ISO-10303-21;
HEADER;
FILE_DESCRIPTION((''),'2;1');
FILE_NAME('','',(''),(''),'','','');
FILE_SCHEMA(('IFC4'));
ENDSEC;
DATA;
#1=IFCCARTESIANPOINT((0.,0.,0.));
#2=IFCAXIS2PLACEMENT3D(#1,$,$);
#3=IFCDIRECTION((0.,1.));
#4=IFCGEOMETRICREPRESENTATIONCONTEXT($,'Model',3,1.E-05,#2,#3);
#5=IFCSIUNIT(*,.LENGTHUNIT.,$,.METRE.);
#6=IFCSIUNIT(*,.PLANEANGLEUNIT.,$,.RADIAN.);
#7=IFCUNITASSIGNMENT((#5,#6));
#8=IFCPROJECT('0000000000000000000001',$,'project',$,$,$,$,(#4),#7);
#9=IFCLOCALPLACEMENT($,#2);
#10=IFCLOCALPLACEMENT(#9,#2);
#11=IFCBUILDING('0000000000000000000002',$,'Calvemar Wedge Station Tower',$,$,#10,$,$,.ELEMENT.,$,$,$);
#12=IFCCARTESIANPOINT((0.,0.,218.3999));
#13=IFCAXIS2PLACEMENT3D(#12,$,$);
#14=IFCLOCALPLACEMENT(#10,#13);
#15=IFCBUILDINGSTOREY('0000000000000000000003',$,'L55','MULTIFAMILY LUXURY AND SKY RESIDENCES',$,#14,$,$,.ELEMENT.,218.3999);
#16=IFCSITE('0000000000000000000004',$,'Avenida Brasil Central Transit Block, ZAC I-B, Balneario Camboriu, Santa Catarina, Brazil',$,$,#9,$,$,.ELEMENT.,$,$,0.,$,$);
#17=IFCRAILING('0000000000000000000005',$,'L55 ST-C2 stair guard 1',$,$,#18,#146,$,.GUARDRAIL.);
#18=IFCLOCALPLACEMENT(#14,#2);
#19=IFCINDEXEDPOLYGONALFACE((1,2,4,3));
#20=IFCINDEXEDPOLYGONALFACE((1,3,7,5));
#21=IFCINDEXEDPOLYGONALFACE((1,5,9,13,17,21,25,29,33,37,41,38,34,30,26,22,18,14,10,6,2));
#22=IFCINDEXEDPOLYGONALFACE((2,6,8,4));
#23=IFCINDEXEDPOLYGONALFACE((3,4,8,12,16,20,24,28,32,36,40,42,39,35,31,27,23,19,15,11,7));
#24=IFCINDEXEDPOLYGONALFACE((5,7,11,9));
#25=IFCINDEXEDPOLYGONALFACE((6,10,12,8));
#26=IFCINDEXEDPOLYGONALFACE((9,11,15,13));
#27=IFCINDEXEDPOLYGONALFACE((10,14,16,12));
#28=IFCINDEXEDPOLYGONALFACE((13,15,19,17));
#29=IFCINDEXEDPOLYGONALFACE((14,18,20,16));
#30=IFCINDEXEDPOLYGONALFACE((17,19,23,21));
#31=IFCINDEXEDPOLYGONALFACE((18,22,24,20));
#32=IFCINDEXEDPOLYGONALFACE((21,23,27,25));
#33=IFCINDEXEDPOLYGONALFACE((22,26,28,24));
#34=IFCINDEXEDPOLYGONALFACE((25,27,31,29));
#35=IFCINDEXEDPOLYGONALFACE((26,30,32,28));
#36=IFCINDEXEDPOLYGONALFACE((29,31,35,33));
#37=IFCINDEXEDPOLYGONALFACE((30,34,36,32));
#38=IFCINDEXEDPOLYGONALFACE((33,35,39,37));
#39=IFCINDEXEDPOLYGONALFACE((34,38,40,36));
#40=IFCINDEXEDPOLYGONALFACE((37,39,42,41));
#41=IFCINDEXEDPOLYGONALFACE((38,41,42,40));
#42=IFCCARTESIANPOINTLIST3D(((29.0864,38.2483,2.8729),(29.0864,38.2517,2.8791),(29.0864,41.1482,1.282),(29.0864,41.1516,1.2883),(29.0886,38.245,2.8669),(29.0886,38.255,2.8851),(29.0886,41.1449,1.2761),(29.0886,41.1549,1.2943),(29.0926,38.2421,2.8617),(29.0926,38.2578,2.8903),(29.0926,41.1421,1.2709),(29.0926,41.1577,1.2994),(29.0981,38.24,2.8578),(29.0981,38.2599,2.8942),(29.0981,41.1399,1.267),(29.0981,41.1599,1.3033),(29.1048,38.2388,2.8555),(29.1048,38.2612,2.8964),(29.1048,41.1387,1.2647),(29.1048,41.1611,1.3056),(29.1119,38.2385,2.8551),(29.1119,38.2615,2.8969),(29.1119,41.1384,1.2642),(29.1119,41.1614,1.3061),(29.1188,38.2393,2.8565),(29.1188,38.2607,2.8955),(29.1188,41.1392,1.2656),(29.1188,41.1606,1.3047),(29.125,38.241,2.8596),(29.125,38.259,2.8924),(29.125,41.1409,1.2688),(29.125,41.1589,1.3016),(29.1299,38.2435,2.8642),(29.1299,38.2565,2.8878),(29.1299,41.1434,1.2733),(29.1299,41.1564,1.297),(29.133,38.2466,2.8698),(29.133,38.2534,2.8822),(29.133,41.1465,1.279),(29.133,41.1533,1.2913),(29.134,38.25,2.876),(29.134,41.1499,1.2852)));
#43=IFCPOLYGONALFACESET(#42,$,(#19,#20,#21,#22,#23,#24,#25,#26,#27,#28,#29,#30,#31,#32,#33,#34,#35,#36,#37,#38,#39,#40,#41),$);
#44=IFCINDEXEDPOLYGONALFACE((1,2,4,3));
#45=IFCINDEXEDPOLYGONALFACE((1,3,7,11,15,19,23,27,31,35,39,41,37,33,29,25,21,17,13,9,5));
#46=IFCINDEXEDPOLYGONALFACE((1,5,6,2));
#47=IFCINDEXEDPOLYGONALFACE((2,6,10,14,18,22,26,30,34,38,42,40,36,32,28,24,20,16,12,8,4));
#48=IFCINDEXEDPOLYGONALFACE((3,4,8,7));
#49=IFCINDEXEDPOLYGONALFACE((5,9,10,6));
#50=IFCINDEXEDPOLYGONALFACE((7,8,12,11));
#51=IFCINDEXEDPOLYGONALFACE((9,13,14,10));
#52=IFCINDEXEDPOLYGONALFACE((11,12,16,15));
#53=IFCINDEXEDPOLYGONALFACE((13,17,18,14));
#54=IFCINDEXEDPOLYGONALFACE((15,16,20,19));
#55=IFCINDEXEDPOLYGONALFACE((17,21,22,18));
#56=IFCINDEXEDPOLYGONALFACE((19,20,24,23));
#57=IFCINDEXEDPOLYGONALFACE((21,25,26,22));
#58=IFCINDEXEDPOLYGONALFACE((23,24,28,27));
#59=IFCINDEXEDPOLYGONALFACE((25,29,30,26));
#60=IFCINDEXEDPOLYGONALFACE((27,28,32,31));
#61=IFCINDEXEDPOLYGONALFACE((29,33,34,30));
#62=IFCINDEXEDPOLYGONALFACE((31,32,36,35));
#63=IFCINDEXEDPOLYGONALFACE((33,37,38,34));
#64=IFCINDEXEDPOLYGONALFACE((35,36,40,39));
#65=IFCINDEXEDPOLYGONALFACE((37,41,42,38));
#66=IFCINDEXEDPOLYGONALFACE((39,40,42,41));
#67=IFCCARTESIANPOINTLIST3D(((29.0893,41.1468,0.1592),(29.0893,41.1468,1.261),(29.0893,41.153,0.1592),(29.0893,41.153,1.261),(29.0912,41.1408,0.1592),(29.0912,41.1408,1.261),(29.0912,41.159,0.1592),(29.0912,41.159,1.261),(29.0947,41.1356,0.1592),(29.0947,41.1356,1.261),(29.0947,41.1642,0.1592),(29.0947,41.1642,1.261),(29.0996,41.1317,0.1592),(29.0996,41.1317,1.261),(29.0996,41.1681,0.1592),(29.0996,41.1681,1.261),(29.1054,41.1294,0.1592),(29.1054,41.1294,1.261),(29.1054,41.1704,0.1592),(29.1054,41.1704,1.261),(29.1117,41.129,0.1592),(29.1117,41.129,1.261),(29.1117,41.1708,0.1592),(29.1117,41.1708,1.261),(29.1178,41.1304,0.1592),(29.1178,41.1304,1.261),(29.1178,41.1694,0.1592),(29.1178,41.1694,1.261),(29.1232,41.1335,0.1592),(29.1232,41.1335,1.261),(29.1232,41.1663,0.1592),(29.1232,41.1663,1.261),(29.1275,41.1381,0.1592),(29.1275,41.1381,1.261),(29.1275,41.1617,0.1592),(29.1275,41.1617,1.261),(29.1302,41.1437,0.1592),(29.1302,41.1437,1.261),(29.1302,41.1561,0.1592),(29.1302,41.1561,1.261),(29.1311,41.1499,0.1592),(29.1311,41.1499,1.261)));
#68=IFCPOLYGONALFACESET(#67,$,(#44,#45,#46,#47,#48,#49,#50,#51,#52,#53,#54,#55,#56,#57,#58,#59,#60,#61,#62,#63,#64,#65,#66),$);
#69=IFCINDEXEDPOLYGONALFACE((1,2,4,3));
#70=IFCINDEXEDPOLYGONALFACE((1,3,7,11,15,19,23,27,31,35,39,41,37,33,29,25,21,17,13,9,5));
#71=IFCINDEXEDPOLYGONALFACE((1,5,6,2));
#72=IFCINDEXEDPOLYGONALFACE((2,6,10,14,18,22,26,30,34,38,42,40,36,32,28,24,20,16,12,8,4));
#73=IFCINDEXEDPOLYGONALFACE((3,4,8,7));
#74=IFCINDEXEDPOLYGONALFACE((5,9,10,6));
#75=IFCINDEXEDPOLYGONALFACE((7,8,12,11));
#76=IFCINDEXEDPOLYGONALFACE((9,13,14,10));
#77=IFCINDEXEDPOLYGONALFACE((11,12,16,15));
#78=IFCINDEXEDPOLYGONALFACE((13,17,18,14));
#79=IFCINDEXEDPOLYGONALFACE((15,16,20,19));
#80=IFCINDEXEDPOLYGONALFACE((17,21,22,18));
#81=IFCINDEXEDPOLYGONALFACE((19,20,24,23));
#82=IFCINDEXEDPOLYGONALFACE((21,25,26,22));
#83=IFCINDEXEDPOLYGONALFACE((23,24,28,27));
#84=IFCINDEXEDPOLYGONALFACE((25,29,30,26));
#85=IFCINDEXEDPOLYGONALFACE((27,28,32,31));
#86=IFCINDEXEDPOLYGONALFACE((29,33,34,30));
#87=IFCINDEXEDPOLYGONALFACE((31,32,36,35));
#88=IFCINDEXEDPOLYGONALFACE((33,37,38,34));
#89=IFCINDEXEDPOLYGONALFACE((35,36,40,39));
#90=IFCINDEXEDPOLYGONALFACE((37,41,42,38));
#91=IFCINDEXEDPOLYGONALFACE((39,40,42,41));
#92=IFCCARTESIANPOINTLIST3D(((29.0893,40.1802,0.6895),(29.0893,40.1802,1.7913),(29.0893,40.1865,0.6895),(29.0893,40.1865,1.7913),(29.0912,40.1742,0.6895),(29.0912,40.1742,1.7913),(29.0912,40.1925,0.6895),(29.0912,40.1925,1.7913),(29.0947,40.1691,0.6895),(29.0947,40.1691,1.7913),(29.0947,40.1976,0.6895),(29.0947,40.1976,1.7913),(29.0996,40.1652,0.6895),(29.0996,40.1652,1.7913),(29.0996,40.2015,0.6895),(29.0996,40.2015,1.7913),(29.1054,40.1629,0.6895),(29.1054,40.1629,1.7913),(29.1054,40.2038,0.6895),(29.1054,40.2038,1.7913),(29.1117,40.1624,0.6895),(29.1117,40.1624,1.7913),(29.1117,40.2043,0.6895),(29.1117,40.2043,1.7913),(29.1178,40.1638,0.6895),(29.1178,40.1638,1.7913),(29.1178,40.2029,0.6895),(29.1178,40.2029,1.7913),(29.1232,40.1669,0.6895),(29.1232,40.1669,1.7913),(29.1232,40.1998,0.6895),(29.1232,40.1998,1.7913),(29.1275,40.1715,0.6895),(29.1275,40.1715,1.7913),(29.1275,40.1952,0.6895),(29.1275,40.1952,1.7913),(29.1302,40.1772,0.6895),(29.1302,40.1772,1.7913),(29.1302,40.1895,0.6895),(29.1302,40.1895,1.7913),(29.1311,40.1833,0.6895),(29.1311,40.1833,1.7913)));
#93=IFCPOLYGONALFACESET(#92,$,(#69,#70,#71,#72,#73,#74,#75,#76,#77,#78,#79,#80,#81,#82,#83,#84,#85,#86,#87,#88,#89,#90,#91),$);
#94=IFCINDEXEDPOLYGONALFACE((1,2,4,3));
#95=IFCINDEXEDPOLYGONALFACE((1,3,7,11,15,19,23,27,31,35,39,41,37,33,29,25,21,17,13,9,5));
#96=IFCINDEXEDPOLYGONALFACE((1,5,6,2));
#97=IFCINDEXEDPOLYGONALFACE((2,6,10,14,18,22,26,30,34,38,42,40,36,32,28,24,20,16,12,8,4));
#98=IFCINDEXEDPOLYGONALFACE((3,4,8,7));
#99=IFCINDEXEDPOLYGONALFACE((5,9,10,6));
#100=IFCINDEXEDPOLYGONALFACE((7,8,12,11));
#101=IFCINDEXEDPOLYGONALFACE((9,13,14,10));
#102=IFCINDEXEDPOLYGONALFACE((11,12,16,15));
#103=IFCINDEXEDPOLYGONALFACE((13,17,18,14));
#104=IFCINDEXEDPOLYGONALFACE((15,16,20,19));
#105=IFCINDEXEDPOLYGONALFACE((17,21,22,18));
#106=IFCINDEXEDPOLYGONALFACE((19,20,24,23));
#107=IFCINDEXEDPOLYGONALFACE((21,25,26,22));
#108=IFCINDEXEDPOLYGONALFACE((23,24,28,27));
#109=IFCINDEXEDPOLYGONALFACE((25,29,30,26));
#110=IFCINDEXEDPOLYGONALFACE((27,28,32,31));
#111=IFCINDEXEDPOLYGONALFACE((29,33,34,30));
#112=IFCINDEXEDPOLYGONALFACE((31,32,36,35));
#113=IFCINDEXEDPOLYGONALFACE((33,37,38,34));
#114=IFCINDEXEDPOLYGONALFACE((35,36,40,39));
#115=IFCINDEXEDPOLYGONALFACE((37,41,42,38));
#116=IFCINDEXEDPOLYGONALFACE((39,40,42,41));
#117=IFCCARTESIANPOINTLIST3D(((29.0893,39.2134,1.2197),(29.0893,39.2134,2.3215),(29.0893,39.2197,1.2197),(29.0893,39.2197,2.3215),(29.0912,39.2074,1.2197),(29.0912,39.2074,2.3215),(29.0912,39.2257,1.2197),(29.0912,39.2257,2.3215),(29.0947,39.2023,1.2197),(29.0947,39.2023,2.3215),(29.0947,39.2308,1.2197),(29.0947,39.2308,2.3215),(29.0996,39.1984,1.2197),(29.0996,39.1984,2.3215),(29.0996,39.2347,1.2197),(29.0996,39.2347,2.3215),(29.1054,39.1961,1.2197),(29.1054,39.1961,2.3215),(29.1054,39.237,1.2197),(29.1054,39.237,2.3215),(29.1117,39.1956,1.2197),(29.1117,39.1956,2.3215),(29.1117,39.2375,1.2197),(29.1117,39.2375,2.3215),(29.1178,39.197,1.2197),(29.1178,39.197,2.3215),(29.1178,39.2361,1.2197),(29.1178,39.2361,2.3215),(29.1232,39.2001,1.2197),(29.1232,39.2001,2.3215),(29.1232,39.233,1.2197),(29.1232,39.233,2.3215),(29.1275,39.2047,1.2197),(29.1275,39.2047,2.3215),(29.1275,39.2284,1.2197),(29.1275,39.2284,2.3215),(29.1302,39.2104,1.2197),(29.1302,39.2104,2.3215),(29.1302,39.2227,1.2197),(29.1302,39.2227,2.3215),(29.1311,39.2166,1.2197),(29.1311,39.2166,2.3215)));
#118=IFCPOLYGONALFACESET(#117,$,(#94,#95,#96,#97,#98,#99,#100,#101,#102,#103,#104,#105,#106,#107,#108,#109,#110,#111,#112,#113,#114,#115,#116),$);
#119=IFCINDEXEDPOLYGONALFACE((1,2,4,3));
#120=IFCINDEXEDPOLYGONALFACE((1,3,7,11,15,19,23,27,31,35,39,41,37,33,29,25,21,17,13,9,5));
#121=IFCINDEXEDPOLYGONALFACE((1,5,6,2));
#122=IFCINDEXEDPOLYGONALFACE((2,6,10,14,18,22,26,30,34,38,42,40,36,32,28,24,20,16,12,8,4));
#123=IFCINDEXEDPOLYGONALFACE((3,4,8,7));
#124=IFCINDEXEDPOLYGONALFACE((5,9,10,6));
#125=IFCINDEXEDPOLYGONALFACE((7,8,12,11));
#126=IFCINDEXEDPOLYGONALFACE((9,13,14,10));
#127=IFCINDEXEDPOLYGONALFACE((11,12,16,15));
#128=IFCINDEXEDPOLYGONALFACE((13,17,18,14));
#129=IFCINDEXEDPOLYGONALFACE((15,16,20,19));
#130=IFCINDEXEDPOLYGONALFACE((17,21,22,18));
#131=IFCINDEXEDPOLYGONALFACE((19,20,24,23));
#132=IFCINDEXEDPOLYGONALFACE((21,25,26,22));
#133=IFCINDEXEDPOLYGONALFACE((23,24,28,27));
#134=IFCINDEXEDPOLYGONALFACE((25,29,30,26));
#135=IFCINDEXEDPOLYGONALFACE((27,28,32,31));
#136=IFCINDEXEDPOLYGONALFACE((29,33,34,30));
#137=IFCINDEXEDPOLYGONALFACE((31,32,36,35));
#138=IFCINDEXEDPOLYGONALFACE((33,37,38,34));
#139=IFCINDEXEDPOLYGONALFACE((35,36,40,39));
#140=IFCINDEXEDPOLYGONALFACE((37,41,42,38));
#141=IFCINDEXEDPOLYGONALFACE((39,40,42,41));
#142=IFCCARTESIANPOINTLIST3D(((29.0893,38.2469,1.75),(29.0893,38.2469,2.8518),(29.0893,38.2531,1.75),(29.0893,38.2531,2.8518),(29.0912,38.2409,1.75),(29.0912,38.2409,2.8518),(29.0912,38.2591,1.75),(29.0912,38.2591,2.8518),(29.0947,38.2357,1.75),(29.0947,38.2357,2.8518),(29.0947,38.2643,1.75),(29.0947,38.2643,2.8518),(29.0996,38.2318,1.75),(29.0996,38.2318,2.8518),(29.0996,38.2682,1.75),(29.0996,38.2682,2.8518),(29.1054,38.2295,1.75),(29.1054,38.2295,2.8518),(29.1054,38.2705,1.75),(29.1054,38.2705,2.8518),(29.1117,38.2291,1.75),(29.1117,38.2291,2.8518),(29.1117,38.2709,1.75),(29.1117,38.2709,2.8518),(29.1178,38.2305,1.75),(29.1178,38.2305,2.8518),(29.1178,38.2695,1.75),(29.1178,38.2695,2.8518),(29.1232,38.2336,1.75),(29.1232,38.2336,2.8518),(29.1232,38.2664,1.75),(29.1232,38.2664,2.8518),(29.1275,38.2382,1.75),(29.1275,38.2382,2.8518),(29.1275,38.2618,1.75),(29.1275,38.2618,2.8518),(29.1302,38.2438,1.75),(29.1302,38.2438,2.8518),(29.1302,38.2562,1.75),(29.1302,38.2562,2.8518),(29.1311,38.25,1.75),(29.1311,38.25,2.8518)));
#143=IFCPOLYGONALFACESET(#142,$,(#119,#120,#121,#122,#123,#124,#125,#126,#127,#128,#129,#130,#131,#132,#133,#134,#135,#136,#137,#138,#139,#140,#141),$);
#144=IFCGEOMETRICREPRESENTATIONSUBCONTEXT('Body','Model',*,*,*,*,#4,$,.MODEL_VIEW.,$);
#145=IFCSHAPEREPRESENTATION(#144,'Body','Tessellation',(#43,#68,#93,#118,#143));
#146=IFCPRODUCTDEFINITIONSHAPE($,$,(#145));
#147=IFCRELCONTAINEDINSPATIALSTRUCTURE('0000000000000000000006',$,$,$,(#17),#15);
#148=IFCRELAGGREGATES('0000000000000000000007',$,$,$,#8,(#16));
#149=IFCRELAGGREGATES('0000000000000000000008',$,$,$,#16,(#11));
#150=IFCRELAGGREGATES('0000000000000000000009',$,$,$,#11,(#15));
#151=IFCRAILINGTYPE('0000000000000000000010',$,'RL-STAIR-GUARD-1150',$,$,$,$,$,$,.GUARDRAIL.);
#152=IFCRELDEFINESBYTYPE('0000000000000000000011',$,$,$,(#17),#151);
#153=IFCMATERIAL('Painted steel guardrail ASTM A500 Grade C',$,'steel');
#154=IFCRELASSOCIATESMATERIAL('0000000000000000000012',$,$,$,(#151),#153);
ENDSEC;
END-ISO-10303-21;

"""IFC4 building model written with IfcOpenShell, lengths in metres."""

from ifc_helpers import new_model, si_unit, direction, frame, origin, origin_2d, place, context, subcontext, project, spatial, circle, extrude, material, type_object, element, save


model = new_model("IFC4")

# Units and contexts
model_context = context("Model", 3, precision=1e-05, world=origin(), true_north=direction((0.0, 1.0)))
body_context = subcontext(model_context, "Body", "Model", "MODEL_VIEW")
ifc_project = project(units=[si_unit("LENGTHUNIT", "METRE"), si_unit("PLANEANGLEUNIT", "RADIAN")], contexts=[model_context])

# Site, building, storey
site_placement = place(None, origin())
site = spatial("IfcSite", under=ifc_project, at=site_placement, Name="Avenida Brasil Central Transit Block, ZAC I-B, Balneario Camboriu, Santa Catarina, Brazil", CompositionType="ELEMENT", RefElevation=0.0)
building_placement = place(site_placement, origin())
building = spatial("IfcBuilding", under=site, at=building_placement, Name="Calvemar Wedge Station Tower", CompositionType="ELEMENT")
storey_placement = place(building_placement, frame((0.0, 0.0, 218.3999)))
storey = spatial("IfcBuildingStorey", under=building, at=storey_placement, Name="L55", Description="MULTIFAMILY LUXURY AND SKY RESIDENCES", CompositionType="ELEMENT", Elevation=218.3999)

# Railing
ifc_material_1 = material(Name="Painted steel guardrail ASTM A500 Grade C", Category="steel")
railing_type_1 = type_object("IfcRailingType", Name="RL-STAIR-GUARD-1150", PredefinedType="GUARDRAIL", material=ifc_material_1)
railing_1_placement = place(storey_placement, frame((29.1101, 41.1499, 0.1592)))
element("IfcRailing", 1, at=railing_1_placement, inside=storey, type_object=railing_type_1, Name="L55 ST-C2 stair guard 1", PredefinedType="GUARDRAIL", context=body_context, shape_type="SweptSolid", body=[
    extrude(circle(Radius=0.0239, at=origin_2d()), frame((0.0, 0.0, 1.126), z_axis=(0.0, -0.876742, 0.480961), x_axis=(1.0, 0.0, 0.0)), (0.0, 0.0, 1.0), 3.3076),
    extrude(circle(Radius=0.021, at=origin_2d()), origin(), (0.0, 0.0, 1.0), 1.1018),
    extrude(circle(Radius=0.021, at=origin_2d()), frame((0.0, -0.9666, 0.5303)), (0.0, 0.0, 1.0), 1.1018),
    extrude(circle(Radius=0.021, at=origin_2d()), frame((0.0, -1.9333, 1.0605)), (0.0, 0.0, 1.0), 1.1018),
    extrude(circle(Radius=0.021, at=origin_2d()), frame((0.0, -2.8999, 1.5908)), (0.0, 0.0, 1.0), 1.1018),
])

save(model, "model.ifc")
